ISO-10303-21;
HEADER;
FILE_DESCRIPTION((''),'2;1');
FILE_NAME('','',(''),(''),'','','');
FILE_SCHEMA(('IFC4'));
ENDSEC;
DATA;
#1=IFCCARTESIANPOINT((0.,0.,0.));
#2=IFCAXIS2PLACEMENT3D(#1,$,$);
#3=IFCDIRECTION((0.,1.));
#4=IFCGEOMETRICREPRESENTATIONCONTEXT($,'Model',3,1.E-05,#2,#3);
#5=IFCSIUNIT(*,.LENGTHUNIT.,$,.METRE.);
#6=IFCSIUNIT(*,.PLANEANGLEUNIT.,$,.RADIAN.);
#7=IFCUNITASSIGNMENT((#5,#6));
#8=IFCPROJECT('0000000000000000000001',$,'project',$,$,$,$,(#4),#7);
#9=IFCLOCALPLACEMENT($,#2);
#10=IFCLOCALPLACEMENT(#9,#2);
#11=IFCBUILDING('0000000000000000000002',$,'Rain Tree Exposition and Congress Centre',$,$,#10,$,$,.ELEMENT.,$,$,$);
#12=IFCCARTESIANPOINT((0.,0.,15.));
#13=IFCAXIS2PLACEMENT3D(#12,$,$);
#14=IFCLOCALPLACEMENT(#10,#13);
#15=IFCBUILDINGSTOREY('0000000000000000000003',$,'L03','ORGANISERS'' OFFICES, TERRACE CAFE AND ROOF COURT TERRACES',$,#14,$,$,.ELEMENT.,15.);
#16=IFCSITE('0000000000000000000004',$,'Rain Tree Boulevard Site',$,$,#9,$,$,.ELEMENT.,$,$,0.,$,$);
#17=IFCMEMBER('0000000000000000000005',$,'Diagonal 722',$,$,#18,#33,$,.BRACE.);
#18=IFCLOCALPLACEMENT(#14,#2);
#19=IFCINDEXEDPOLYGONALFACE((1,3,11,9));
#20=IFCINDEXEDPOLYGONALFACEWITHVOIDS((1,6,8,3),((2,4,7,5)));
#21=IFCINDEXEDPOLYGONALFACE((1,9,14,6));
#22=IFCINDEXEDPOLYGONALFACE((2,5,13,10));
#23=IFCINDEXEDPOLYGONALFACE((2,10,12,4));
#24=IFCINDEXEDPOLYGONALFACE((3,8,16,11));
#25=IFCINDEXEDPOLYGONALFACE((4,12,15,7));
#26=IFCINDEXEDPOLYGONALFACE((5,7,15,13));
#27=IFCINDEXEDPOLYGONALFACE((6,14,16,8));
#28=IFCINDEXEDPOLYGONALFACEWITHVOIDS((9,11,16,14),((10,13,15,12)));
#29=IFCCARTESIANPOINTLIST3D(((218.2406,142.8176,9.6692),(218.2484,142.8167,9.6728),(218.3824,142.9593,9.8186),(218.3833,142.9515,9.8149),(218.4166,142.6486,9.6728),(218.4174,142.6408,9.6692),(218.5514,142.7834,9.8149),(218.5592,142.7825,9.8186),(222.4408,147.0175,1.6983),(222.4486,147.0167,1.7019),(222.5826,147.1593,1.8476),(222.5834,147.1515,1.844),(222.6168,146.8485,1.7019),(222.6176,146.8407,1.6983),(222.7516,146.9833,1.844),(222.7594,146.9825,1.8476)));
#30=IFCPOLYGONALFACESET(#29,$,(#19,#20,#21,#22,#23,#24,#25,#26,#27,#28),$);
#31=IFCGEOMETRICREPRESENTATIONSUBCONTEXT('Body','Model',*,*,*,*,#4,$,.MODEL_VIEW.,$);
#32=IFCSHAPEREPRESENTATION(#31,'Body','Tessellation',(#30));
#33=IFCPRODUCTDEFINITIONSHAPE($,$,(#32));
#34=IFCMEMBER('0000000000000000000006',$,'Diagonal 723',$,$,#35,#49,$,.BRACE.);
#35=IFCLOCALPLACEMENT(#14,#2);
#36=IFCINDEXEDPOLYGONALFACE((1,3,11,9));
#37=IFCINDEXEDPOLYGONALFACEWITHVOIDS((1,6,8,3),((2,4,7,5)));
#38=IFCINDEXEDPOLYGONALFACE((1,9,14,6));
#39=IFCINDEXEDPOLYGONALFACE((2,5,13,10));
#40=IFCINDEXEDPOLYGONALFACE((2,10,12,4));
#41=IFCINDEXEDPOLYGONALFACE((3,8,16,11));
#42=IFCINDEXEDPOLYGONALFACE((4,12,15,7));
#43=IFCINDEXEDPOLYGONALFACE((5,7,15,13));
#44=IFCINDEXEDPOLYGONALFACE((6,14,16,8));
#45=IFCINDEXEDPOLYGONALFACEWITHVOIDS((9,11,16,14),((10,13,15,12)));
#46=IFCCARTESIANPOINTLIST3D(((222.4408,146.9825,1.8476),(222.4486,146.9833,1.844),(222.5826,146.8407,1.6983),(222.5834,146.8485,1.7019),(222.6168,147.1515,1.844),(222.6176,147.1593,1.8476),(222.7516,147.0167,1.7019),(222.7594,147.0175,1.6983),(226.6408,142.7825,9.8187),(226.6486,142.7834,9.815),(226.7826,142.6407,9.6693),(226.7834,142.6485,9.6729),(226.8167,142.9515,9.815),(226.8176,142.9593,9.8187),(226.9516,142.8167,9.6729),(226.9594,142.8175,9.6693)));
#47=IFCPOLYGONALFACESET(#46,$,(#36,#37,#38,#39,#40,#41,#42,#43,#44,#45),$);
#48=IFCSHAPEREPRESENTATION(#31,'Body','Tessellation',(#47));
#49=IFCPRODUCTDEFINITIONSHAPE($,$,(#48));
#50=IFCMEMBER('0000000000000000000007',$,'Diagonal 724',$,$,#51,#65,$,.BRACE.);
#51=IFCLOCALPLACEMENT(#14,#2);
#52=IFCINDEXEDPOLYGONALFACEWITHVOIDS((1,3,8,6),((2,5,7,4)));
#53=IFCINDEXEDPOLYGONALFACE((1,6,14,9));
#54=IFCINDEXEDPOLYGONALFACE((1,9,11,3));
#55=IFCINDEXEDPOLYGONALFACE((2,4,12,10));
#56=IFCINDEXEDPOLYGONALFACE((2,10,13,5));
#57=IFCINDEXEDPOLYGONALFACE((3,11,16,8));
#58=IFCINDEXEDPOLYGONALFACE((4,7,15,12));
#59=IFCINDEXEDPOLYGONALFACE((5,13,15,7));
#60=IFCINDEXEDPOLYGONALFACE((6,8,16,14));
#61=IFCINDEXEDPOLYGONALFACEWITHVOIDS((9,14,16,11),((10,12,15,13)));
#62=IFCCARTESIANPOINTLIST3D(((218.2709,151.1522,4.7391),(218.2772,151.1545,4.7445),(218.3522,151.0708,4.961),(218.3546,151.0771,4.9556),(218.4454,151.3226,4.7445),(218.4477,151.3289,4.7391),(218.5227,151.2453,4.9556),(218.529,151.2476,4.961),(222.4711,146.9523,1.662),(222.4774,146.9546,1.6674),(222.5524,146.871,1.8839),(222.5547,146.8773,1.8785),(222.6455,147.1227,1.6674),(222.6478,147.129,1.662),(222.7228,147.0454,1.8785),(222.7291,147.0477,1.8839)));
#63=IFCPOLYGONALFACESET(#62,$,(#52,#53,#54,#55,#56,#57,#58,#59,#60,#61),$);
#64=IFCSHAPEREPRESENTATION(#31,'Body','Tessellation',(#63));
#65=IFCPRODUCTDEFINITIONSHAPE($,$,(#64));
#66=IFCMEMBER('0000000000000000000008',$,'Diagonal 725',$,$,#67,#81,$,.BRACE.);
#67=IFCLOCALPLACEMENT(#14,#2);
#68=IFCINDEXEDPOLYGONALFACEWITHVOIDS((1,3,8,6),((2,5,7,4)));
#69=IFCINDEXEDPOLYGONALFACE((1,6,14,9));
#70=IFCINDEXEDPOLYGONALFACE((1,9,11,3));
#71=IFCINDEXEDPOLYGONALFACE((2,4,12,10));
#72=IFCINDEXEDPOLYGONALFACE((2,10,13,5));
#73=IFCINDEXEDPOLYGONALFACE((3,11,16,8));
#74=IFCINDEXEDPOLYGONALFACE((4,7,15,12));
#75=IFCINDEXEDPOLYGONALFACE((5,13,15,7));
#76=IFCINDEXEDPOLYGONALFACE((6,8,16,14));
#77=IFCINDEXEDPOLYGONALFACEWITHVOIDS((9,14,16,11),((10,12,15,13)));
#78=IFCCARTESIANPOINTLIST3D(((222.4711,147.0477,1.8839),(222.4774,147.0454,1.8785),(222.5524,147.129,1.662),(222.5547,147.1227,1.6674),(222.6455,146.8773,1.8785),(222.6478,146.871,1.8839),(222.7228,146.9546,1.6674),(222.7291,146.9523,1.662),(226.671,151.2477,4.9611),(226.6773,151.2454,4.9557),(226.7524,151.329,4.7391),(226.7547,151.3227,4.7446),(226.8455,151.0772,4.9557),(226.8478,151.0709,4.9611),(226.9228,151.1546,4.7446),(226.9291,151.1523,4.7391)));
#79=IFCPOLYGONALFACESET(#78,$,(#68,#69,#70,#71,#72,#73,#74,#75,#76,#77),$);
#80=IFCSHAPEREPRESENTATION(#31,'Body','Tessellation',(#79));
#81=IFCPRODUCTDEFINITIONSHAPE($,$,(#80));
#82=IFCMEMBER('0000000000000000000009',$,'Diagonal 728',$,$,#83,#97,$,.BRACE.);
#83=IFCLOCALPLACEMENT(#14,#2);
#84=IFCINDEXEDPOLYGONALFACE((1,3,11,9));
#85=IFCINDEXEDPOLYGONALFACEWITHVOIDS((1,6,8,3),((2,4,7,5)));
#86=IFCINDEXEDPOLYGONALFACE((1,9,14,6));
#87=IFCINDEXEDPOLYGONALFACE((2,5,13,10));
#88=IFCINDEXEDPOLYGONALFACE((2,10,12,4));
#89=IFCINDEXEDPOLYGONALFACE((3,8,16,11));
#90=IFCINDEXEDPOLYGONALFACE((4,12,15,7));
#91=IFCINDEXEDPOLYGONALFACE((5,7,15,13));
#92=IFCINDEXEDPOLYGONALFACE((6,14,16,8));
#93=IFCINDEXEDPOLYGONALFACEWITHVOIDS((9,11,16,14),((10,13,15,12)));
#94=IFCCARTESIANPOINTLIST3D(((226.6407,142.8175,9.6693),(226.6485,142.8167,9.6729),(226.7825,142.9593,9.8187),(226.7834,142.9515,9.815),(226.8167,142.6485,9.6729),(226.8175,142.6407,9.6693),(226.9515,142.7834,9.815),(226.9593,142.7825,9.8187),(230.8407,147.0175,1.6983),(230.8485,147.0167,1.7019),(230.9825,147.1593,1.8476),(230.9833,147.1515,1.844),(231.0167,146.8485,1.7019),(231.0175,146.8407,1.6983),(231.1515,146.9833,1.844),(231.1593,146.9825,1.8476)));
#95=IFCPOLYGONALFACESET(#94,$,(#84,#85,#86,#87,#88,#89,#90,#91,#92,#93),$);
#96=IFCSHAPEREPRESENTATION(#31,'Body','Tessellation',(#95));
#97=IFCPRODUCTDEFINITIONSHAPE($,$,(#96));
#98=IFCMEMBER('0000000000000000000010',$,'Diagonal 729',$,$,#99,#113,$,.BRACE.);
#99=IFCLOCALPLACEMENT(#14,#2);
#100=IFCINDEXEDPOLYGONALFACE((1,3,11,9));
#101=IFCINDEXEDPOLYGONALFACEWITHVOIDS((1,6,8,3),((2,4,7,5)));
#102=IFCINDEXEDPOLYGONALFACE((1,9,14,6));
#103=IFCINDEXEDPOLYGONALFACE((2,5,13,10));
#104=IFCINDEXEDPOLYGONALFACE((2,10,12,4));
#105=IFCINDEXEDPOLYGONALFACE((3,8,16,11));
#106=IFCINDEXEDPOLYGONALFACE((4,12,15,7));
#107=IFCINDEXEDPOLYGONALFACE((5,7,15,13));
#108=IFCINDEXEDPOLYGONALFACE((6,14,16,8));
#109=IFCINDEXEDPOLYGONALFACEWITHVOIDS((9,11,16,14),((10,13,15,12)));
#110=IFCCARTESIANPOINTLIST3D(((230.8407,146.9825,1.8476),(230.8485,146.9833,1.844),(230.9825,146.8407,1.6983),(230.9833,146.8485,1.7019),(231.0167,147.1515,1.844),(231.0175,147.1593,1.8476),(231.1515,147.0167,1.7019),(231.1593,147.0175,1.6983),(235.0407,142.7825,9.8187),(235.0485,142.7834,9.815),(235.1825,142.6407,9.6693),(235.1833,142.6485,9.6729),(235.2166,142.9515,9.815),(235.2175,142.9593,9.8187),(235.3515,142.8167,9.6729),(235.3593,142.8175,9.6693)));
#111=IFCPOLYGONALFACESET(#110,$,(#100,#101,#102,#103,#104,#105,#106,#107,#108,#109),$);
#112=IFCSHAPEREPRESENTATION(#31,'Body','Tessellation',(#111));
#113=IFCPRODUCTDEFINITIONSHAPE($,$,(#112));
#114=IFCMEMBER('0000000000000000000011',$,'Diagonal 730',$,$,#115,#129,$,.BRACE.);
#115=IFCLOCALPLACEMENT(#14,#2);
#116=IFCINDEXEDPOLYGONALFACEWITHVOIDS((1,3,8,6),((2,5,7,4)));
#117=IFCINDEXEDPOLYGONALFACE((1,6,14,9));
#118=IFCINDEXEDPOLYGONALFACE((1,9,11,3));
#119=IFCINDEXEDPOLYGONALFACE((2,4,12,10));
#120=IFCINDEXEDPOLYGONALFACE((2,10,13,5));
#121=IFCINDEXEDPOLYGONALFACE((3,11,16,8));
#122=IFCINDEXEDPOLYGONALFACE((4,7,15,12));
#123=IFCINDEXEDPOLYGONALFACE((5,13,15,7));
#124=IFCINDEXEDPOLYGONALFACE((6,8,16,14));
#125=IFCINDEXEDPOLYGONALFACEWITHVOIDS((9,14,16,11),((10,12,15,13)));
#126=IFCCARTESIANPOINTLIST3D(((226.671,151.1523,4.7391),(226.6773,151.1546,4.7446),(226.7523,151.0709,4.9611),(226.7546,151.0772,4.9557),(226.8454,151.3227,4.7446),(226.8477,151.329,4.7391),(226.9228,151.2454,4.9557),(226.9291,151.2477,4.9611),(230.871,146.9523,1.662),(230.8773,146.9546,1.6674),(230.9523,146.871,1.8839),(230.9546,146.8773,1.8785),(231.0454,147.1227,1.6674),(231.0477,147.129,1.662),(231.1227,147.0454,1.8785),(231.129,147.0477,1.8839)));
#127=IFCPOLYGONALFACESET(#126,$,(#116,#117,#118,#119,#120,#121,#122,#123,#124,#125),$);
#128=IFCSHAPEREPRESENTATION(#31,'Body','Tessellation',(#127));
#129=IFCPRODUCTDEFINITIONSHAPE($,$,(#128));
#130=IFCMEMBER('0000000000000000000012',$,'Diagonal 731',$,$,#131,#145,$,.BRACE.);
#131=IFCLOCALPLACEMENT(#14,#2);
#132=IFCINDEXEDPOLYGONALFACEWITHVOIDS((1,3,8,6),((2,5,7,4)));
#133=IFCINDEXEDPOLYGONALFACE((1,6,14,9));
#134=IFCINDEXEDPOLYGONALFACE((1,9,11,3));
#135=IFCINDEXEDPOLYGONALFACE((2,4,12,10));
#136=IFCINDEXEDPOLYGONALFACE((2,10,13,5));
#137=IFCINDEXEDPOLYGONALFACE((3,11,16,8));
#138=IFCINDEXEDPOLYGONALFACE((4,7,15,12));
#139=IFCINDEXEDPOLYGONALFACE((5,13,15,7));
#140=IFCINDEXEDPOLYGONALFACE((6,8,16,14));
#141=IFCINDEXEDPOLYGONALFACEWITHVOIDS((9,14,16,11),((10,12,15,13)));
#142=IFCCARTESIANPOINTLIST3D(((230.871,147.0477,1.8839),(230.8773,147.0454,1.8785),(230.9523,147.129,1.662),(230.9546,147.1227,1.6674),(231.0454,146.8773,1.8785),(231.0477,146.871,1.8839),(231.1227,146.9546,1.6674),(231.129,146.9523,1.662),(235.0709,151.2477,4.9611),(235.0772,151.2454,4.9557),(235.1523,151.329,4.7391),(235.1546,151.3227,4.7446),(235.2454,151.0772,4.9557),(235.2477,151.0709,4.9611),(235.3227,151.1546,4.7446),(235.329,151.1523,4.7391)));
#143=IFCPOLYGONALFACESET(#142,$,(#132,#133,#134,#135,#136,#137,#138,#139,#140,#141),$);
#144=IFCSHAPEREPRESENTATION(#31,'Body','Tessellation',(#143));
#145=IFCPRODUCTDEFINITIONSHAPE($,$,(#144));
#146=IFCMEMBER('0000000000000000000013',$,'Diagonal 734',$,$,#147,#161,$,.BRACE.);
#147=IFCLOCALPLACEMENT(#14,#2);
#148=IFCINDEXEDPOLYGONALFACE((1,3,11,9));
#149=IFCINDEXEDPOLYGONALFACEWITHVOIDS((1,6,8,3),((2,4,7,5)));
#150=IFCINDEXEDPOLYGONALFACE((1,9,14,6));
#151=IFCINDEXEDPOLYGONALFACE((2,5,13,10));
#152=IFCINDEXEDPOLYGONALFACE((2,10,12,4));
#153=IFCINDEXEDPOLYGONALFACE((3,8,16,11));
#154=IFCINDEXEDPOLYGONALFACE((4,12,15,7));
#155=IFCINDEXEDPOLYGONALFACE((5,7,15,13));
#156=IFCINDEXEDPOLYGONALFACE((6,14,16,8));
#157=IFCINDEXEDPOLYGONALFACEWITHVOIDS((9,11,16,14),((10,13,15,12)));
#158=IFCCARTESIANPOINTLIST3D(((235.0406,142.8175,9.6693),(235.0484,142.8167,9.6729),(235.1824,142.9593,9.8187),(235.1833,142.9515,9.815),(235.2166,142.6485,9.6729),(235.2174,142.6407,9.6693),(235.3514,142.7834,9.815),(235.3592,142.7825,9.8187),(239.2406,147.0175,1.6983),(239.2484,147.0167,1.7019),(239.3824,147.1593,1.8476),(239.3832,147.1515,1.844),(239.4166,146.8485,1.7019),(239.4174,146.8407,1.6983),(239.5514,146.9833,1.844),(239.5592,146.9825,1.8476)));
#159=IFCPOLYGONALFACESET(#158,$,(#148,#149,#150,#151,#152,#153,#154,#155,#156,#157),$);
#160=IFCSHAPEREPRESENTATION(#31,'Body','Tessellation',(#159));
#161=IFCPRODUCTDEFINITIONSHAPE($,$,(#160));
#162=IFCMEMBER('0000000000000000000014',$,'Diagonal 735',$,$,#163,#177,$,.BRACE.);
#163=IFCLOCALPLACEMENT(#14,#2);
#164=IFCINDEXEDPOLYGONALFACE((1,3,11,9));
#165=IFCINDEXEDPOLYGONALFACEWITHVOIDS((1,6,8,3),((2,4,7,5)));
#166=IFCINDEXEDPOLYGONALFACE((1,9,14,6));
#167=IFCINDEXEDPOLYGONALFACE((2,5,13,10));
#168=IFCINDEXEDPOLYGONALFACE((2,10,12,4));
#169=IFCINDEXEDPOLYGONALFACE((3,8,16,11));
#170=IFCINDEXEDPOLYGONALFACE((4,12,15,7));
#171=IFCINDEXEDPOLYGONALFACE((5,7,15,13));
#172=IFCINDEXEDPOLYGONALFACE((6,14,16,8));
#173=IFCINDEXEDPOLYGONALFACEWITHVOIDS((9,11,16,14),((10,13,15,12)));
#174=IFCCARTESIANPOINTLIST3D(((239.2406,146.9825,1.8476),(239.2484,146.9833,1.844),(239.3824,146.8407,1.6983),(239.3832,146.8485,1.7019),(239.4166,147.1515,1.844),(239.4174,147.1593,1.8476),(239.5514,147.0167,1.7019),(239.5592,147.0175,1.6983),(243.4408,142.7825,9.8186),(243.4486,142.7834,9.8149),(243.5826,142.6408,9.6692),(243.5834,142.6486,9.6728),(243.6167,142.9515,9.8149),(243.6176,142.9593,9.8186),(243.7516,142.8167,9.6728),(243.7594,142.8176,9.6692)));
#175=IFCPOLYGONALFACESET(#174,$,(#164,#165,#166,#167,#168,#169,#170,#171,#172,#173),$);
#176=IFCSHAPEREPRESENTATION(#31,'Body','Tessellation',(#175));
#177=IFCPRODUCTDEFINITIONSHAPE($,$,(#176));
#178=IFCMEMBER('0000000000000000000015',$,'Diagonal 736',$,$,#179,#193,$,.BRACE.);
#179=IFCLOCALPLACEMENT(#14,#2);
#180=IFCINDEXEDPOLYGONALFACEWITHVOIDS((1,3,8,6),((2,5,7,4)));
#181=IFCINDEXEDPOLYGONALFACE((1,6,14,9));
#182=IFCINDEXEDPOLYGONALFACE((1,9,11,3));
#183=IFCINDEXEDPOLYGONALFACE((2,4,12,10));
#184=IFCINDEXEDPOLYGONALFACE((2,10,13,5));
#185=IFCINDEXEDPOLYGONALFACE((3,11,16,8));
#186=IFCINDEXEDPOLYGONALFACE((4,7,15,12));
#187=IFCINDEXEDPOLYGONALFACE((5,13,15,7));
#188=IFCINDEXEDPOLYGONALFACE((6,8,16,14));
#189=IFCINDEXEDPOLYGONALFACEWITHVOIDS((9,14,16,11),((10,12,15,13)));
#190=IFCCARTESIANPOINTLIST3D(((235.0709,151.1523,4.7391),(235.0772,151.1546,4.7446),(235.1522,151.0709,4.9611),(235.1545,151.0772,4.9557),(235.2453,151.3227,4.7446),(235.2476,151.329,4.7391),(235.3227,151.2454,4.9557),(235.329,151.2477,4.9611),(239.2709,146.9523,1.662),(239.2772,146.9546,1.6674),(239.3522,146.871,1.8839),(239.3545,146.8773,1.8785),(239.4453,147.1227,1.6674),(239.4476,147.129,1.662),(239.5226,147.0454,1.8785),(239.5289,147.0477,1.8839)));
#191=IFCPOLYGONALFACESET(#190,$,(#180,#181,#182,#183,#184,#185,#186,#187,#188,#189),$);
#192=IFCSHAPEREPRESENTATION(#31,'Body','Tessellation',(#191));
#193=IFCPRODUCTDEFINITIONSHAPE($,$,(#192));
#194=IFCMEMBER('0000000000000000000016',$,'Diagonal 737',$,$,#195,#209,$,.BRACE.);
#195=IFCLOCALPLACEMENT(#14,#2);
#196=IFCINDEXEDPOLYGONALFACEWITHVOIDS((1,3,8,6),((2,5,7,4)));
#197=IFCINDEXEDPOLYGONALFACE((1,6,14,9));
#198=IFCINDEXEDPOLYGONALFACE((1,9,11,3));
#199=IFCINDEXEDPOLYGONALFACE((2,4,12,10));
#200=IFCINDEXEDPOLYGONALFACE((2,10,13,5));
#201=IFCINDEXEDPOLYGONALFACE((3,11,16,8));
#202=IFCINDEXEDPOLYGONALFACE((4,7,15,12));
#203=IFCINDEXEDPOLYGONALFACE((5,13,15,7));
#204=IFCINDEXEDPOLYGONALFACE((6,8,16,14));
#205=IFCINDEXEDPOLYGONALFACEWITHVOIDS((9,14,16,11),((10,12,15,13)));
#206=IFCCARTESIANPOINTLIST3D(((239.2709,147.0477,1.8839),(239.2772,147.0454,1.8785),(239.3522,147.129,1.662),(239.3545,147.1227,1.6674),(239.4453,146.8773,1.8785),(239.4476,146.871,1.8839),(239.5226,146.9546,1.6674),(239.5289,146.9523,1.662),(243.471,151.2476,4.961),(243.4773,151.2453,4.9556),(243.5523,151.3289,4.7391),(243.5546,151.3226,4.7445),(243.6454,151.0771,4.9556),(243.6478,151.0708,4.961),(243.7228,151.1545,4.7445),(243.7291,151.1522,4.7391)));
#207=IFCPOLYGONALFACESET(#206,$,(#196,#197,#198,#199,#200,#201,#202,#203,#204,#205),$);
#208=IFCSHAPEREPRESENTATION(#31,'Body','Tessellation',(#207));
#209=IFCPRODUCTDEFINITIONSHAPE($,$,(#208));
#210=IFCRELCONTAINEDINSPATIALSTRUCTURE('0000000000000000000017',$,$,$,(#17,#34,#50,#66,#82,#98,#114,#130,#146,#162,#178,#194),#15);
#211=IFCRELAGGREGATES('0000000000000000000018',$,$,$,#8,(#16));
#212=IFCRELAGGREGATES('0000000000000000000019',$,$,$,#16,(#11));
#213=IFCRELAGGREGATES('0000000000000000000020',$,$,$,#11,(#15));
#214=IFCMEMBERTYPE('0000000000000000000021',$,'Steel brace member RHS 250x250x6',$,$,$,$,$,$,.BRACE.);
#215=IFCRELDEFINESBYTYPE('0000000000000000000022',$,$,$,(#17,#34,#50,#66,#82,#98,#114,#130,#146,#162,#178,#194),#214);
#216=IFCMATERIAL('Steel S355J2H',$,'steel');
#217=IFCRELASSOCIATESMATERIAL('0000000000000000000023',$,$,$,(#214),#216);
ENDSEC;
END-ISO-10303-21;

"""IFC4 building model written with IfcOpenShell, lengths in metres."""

from ifc_helpers import new_model, si_unit, direction, frame, origin, origin_2d, place, context, subcontext, project, spatial, hollow_rectangle, extrude, material, material_profile, profile_set, type_object, element, save


model = new_model("IFC4")

# Units and contexts
model_context = context("Model", 3, precision=1e-05, world=origin(), true_north=direction((0.0, 1.0)))
body_context = subcontext(model_context, "Body", "Model", "MODEL_VIEW")
ifc_project = project(units=[si_unit("LENGTHUNIT", "METRE"), si_unit("PLANEANGLEUNIT", "RADIAN")], contexts=[model_context])

# Site, building, storey
site_placement = place(None, origin())
site = spatial("IfcSite", under=ifc_project, at=site_placement, Name="Rain Tree Boulevard Site", CompositionType="ELEMENT", RefElevation=0.0)
building_placement = place(site_placement, origin())
building = spatial("IfcBuilding", under=site, at=building_placement, Name="Rain Tree Exposition and Congress Centre", CompositionType="ELEMENT")
storey_placement = place(building_placement, frame((0.0, 0.0, 15.0)))
storey = spatial("IfcBuildingStorey", under=building, at=storey_placement, Name="L03", Description="ORGANISERS' OFFICES, TERRACE CAFE AND ROOF COURT TERRACES", CompositionType="ELEMENT", Elevation=15.0)

# Members
ifc_material_1 = material(Name="Steel S355J2H", Category="steel")
ifc_material_profile_1 = material_profile(ifc_material_1, hollow_rectangle(XDim=0.25, YDim=0.25, WallThickness=0.0061, at=origin_2d()), Name="RHS 250x250x6")
ifc_profile_set_1 = profile_set([ifc_material_profile_1], Name="Steel S355J2H")
member_type_1 = type_object("IfcMemberType", Name="Steel brace member RHS 250x250x6", PredefinedType="BRACE", material=ifc_profile_set_1)
for number, where, z_axis, x_axis, name in (
    (1, (222.6001, 147.0, 1.7729), (-0.422526, -0.422501, 0.801851), (0.707086, -0.707127, 0.0), "Diagonal 722"),
    (2, (222.6001, 147.0, 1.7729), (0.422506, -0.422506, 0.801859), (0.707107, 0.707107, 0.0), "Diagonal 723"),
):
    element("IfcMember", number, at=place(storey_placement, frame(where, z_axis=z_axis, x_axis=x_axis)), inside=storey, type_object=member_type_1, Name=name, PredefinedType="BRACE", context=body_context, shape_type="SweptSolid", body=[
        extrude(hollow_rectangle(XDim=0.25, YDim=0.25, WallThickness=0.0061, at=origin_2d()), origin(), (0.0, 0.0, 1.0), 9.9407),
    ])
for number, where, z_axis, x_axis, name in (
    (3, (222.6001, 147.0, 1.7729), (-0.627874, 0.627838, 0.459993), (-0.707086, -0.707127, 0.0), "Diagonal 724"),
    (4, (222.6001, 147.0, 1.7729), (0.627852, 0.627852, 0.460004), (-0.707107, 0.707107, 0.0), "Diagonal 725"),
):
    element("IfcMember", number, at=place(storey_placement, frame(where, z_axis=z_axis, x_axis=x_axis)), inside=storey, type_object=member_type_1, Name=name, PredefinedType="BRACE", context=body_context, shape_type="SweptSolid", body=[
        extrude(hollow_rectangle(XDim=0.25, YDim=0.25, WallThickness=0.0061, at=origin_2d()), origin(), (0.0, 0.0, 1.0), 6.6895),
    ])
for number, where, z_axis, x_axis, name in (
    (5, (231.0, 147.0, 1.7729), (-0.422506, -0.422506, 0.801859), (0.707107, -0.707107, 0.0), "Diagonal 728"),
    (6, (231.0, 147.0, 1.7729), (0.422506, -0.422506, 0.801859), (0.707107, 0.707107, 0.0), "Diagonal 729"),
):
    element("IfcMember", number, at=place(storey_placement, frame(where, z_axis=z_axis, x_axis=x_axis)), inside=storey, type_object=member_type_1, Name=name, PredefinedType="BRACE", context=body_context, shape_type="SweptSolid", body=[
        extrude(hollow_rectangle(XDim=0.25, YDim=0.25, WallThickness=0.0061, at=origin_2d()), origin(), (0.0, 0.0, 1.0), 9.9407),
    ])
for number, where, z_axis, x_axis, name in (
    (7, (231.0, 147.0, 1.7729), (-0.627852, 0.627852, 0.460004), (-0.707107, -0.707107, 0.0), "Diagonal 730"),
    (8, (231.0, 147.0, 1.7729), (0.627852, 0.627852, 0.460004), (-0.707107, 0.707107, 0.0), "Diagonal 731"),
):
    element("IfcMember", number, at=place(storey_placement, frame(where, z_axis=z_axis, x_axis=x_axis)), inside=storey, type_object=member_type_1, Name=name, PredefinedType="BRACE", context=body_context, shape_type="SweptSolid", body=[
        extrude(hollow_rectangle(XDim=0.25, YDim=0.25, WallThickness=0.0061, at=origin_2d()), origin(), (0.0, 0.0, 1.0), 6.6895),
    ])
for number, where, z_axis, x_axis, name in (
    (9, (239.3999, 147.0, 1.7729), (-0.422506, -0.422506, 0.801859), (0.707107, -0.707107, 0.0), "Diagonal 734"),
    (10, (239.3999, 147.0, 1.7729), (0.422526, -0.422501, 0.801851), (0.707086, 0.707127, 0.0), "Diagonal 735"),
):
    element("IfcMember", number, at=place(storey_placement, frame(where, z_axis=z_axis, x_axis=x_axis)), inside=storey, type_object=member_type_1, Name=name, PredefinedType="BRACE", context=body_context, shape_type="SweptSolid", body=[
        extrude(hollow_rectangle(XDim=0.25, YDim=0.25, WallThickness=0.0061, at=origin_2d()), origin(), (0.0, 0.0, 1.0), 9.9407),
    ])
for number, where, z_axis, x_axis, name in (
    (11, (239.3999, 147.0, 1.7729), (-0.627852, 0.627852, 0.460004), (-0.707107, -0.707107, 0.0), "Diagonal 736"),
    (12, (239.3999, 147.0, 1.7729), (0.627874, 0.627838, 0.459993), (-0.707086, 0.707127, 0.0), "Diagonal 737"),
):
    element("IfcMember", number, at=place(storey_placement, frame(where, z_axis=z_axis, x_axis=x_axis)), inside=storey, type_object=member_type_1, Name=name, PredefinedType="BRACE", context=body_context, shape_type="SweptSolid", body=[
        extrude(hollow_rectangle(XDim=0.25, YDim=0.25, WallThickness=0.0061, at=origin_2d()), origin(), (0.0, 0.0, 1.0), 6.6895),
    ])

save(model, "model.ifc")
